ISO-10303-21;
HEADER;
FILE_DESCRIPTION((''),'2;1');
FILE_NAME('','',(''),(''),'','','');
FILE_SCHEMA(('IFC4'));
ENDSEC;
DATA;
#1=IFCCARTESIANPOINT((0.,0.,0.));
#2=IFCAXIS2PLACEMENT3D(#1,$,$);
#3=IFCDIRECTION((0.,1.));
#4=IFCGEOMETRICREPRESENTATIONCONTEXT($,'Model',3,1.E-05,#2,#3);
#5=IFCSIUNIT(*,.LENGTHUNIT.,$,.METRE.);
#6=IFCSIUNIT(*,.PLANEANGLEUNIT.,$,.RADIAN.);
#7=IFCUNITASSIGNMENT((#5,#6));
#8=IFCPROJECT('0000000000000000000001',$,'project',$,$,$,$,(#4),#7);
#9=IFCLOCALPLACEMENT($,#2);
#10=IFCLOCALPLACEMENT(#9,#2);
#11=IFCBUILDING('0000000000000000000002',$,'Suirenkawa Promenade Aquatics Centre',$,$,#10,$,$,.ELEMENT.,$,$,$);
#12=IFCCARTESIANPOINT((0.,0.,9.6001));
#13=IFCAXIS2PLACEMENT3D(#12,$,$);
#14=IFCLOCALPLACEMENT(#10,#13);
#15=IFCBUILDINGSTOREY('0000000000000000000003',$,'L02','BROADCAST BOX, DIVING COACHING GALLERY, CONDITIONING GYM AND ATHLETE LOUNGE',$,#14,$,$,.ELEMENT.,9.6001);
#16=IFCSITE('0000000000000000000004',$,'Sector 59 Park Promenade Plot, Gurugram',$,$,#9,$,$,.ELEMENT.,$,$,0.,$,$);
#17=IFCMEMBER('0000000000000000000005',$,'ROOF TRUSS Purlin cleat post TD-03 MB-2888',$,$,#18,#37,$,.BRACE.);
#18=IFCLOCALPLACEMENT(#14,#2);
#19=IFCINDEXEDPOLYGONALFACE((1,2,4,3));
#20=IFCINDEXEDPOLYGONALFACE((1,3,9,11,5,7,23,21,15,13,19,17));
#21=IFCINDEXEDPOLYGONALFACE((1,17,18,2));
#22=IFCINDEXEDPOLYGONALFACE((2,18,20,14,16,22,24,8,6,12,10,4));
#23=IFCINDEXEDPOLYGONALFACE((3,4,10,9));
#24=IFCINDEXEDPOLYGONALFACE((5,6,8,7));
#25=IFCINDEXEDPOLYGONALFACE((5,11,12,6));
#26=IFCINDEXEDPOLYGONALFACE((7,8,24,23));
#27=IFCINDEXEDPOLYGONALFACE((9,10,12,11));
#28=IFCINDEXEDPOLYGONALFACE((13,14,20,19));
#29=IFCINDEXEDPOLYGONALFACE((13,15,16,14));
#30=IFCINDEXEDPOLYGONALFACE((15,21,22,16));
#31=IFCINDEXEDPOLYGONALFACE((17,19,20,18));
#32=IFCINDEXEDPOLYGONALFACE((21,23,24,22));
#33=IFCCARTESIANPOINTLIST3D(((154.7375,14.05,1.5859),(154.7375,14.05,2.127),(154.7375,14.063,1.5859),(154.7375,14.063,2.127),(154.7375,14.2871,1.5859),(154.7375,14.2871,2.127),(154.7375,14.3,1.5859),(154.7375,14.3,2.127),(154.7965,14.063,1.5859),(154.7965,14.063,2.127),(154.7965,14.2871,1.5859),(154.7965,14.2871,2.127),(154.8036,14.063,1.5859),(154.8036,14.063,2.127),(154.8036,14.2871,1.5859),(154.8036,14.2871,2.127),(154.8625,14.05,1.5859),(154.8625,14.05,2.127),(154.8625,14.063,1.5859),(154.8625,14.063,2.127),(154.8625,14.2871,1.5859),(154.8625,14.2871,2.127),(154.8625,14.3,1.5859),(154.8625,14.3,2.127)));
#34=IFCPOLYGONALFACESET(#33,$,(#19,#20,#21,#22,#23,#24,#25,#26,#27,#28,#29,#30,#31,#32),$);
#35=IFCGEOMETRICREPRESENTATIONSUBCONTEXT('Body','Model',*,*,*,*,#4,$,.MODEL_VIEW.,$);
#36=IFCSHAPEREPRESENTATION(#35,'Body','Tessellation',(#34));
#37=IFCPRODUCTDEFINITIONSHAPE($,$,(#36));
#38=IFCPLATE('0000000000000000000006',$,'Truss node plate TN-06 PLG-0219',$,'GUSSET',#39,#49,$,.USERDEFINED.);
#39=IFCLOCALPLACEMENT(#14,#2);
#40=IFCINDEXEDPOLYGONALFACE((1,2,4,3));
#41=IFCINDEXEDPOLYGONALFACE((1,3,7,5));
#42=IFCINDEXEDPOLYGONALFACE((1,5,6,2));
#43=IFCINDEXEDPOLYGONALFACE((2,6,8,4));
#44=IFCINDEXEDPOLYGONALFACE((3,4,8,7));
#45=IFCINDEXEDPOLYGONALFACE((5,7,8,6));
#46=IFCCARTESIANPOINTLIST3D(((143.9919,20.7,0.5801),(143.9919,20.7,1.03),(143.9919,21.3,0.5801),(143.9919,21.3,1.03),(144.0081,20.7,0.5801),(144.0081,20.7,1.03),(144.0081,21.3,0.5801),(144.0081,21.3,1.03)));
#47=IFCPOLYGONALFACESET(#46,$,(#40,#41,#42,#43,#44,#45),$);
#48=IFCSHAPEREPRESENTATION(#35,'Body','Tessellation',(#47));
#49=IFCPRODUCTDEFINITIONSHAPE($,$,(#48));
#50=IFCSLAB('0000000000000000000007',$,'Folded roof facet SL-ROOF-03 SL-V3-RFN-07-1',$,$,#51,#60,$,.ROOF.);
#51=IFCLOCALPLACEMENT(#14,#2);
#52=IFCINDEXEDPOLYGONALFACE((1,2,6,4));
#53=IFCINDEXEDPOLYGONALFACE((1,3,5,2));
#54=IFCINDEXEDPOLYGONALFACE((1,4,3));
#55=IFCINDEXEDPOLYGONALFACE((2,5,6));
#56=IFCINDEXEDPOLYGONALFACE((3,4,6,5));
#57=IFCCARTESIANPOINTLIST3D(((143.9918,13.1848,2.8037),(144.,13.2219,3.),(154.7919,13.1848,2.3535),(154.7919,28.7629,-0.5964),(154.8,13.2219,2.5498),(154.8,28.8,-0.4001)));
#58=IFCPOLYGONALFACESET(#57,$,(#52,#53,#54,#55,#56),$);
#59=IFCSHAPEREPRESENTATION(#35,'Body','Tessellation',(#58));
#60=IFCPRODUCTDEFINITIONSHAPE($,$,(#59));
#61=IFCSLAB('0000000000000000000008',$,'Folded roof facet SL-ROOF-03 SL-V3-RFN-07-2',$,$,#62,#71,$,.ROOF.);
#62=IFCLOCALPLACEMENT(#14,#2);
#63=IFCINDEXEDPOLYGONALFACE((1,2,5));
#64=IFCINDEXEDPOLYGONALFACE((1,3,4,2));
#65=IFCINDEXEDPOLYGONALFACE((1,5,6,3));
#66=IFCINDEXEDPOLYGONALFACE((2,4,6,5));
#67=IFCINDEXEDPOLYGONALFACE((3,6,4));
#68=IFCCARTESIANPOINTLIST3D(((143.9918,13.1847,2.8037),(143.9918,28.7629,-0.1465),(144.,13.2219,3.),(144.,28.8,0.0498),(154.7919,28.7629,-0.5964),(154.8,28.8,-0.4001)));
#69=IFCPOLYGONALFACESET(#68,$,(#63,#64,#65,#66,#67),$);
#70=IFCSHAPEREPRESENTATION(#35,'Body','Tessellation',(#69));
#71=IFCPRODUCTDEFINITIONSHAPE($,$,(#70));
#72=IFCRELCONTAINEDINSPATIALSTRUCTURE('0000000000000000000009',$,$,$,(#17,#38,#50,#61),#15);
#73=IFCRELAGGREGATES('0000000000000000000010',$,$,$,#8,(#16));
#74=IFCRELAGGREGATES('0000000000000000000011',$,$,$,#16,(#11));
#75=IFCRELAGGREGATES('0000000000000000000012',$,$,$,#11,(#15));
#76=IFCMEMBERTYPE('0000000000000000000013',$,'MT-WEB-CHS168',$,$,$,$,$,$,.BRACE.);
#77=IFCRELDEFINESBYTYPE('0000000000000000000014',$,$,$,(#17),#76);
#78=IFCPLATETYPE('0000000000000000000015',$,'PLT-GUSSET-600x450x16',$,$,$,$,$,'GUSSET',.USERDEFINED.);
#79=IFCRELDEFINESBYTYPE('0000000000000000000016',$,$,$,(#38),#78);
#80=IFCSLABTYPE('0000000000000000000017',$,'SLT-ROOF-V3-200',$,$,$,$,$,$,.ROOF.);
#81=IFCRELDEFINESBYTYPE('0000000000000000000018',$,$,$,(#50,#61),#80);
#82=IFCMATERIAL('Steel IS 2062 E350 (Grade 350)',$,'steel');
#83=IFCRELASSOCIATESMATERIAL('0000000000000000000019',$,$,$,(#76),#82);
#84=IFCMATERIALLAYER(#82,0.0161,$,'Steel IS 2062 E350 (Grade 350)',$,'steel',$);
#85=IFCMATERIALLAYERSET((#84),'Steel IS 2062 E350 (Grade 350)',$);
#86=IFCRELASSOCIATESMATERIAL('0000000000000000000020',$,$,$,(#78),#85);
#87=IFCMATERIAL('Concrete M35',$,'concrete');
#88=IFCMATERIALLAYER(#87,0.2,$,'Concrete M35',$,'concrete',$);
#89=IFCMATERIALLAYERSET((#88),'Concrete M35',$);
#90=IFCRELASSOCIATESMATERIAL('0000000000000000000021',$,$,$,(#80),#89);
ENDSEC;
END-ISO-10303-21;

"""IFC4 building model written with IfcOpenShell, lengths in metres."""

from ifc_helpers import new_model, si_unit, direction, frame, origin, origin_2d, place, context, subcontext, project, spatial, polyline, rectangle, i_section, outline, extrude, material, layer, layer_set, material_profile, profile_set, type_object, element, save


model = new_model("IFC4")

# Units and contexts
model_context = context("Model", 3, precision=1e-05, world=origin(), true_north=direction((0.0, 1.0)))
body_context = subcontext(model_context, "Body", "Model", "MODEL_VIEW")
ifc_project = project(units=[si_unit("LENGTHUNIT", "METRE"), si_unit("PLANEANGLEUNIT", "RADIAN")], contexts=[model_context])

# Site, building, storey
site_placement = place(None, origin())
site = spatial("IfcSite", under=ifc_project, at=site_placement, Name="Sector 59 Park Promenade Plot, Gurugram", CompositionType="ELEMENT", RefElevation=0.0)
building_placement = place(site_placement, origin())
building = spatial("IfcBuilding", under=site, at=building_placement, Name="Suirenkawa Promenade Aquatics Centre", CompositionType="ELEMENT")
storey_placement = place(building_placement, frame((0.0, 0.0, 9.6001)))
storey = spatial("IfcBuildingStorey", under=building, at=storey_placement, Name="L02", Description="BROADCAST BOX, DIVING COACHING GALLERY, CONDITIONING GYM AND ATHLETE LOUNGE", CompositionType="ELEMENT", Elevation=9.6001)

# Shared definitions
ifc_material_1 = material(Name="Steel IS 2062 E350 (Grade 350)", Category="steel")

# Member
ifc_material_profile_1 = material_profile(ifc_material_1, i_section(OverallWidth=0.125, OverallDepth=0.25, WebThickness=0.0071, FlangeThickness=0.0129, at=origin_2d()), Name="ISMB 250", Category="steel")
ifc_profile_set_1 = profile_set([ifc_material_profile_1], Name="Steel IS 2062 E350 (Grade 350)")
member_type_1 = type_object("IfcMemberType", Name="MT-WEB-CHS168", PredefinedType="BRACE", material=ifc_profile_set_1)
member_1_placement = place(storey_placement, frame((154.8, 14.175, 1.5859), z_axis=(0.0, 0.0, 1.0), x_axis=(1.0, 0.0, 0.0)))
element("IfcMember", 1, at=member_1_placement, inside=storey, type_object=member_type_1, Name="ROOF TRUSS Purlin cleat post TD-03 MB-2888", PredefinedType="BRACE", context=body_context, shape_type="SweptSolid", body=[
    extrude(i_section(OverallWidth=0.125, OverallDepth=0.25, WebThickness=0.0071, FlangeThickness=0.0129, at=origin_2d()), origin(), (0.0, 0.0, 1.0), 0.541),
])

# Plate
ifc_layer_1 = layer(ifc_material_1, 0.0161, Name="Steel IS 2062 E350 (Grade 350)", Category="steel")
ifc_layer_set_1 = layer_set([ifc_layer_1], Name="Steel IS 2062 E350 (Grade 350)")
plate_type = type_object("IfcPlateType", Name="PLT-GUSSET-600x450x16", ElementType="GUSSET", PredefinedType="USERDEFINED", material=ifc_layer_set_1)
plate_placement = place(storey_placement, frame((144.0, 21.0, 0.5801), z_axis=(0.0, 0.0, 1.0), x_axis=(0.0, 1.0, 0.0)))
element("IfcPlate", 2, at=plate_placement, inside=storey, type_object=plate_type, Name="Truss node plate TN-06 PLG-0219", ObjectType="GUSSET", PredefinedType="USERDEFINED", context=body_context, shape_type="SweptSolid", body=[
    extrude(rectangle(XDim=0.6001, YDim=0.0161, at=origin_2d()), origin(), (0.0, 0.0, 1.0), 0.45),
])

# Slabs
ifc_material_2 = material(Name="Concrete M35", Category="concrete")
ifc_layer_2 = layer(ifc_material_2, 0.2, Name="Concrete M35", Category="concrete")
ifc_layer_set_2 = layer_set([ifc_layer_2], Name="Concrete M35")
slab_type = type_object("IfcSlabType", Name="SLT-ROOF-V3-200", PredefinedType="ROOF", material=ifc_layer_set_2)
slab_1_placement = place(storey_placement, frame((144.0, 13.2219, 3.0), z_axis=(0.040922, 0.185903, 0.981716), x_axis=(0.999132, 0.0, -0.041648)))
element("IfcSlab", 3, at=slab_1_placement, inside=storey, type_object=slab_type, Name="Folded roof facet SL-ROOF-03 SL-V3-RFN-07-1", PredefinedType="ROOF", context=body_context, shape_type="SweptSolid", body=[
    extrude(outline(polyline([(0.0, 0.0), (10.8094, 0.0), (10.9323, 15.8545), (0.0, 0.0)])), origin(), (0.0, 0.0, -1.0), 0.2),
])
slab_2_placement = place(storey_placement, frame((144.0, 13.2219, 3.0), z_axis=(0.0409, 0.185918, 0.981714), x_axis=(0.560801, 0.808907, -0.176555)))
element("IfcSlab", 4, at=slab_2_placement, inside=storey, type_object=slab_type, Name="Folded roof facet SL-ROOF-03 SL-V3-RFN-07-2", PredefinedType="ROOF", context=body_context, shape_type="SweptSolid", body=[
    extrude(outline(polyline([(0.0, 0.0), (19.2582, 0.0), (13.1221, 8.899), (0.0, 0.0)])), origin(), (0.0, 0.0, -1.0), 0.2),
])

save(model, "model.ifc")
